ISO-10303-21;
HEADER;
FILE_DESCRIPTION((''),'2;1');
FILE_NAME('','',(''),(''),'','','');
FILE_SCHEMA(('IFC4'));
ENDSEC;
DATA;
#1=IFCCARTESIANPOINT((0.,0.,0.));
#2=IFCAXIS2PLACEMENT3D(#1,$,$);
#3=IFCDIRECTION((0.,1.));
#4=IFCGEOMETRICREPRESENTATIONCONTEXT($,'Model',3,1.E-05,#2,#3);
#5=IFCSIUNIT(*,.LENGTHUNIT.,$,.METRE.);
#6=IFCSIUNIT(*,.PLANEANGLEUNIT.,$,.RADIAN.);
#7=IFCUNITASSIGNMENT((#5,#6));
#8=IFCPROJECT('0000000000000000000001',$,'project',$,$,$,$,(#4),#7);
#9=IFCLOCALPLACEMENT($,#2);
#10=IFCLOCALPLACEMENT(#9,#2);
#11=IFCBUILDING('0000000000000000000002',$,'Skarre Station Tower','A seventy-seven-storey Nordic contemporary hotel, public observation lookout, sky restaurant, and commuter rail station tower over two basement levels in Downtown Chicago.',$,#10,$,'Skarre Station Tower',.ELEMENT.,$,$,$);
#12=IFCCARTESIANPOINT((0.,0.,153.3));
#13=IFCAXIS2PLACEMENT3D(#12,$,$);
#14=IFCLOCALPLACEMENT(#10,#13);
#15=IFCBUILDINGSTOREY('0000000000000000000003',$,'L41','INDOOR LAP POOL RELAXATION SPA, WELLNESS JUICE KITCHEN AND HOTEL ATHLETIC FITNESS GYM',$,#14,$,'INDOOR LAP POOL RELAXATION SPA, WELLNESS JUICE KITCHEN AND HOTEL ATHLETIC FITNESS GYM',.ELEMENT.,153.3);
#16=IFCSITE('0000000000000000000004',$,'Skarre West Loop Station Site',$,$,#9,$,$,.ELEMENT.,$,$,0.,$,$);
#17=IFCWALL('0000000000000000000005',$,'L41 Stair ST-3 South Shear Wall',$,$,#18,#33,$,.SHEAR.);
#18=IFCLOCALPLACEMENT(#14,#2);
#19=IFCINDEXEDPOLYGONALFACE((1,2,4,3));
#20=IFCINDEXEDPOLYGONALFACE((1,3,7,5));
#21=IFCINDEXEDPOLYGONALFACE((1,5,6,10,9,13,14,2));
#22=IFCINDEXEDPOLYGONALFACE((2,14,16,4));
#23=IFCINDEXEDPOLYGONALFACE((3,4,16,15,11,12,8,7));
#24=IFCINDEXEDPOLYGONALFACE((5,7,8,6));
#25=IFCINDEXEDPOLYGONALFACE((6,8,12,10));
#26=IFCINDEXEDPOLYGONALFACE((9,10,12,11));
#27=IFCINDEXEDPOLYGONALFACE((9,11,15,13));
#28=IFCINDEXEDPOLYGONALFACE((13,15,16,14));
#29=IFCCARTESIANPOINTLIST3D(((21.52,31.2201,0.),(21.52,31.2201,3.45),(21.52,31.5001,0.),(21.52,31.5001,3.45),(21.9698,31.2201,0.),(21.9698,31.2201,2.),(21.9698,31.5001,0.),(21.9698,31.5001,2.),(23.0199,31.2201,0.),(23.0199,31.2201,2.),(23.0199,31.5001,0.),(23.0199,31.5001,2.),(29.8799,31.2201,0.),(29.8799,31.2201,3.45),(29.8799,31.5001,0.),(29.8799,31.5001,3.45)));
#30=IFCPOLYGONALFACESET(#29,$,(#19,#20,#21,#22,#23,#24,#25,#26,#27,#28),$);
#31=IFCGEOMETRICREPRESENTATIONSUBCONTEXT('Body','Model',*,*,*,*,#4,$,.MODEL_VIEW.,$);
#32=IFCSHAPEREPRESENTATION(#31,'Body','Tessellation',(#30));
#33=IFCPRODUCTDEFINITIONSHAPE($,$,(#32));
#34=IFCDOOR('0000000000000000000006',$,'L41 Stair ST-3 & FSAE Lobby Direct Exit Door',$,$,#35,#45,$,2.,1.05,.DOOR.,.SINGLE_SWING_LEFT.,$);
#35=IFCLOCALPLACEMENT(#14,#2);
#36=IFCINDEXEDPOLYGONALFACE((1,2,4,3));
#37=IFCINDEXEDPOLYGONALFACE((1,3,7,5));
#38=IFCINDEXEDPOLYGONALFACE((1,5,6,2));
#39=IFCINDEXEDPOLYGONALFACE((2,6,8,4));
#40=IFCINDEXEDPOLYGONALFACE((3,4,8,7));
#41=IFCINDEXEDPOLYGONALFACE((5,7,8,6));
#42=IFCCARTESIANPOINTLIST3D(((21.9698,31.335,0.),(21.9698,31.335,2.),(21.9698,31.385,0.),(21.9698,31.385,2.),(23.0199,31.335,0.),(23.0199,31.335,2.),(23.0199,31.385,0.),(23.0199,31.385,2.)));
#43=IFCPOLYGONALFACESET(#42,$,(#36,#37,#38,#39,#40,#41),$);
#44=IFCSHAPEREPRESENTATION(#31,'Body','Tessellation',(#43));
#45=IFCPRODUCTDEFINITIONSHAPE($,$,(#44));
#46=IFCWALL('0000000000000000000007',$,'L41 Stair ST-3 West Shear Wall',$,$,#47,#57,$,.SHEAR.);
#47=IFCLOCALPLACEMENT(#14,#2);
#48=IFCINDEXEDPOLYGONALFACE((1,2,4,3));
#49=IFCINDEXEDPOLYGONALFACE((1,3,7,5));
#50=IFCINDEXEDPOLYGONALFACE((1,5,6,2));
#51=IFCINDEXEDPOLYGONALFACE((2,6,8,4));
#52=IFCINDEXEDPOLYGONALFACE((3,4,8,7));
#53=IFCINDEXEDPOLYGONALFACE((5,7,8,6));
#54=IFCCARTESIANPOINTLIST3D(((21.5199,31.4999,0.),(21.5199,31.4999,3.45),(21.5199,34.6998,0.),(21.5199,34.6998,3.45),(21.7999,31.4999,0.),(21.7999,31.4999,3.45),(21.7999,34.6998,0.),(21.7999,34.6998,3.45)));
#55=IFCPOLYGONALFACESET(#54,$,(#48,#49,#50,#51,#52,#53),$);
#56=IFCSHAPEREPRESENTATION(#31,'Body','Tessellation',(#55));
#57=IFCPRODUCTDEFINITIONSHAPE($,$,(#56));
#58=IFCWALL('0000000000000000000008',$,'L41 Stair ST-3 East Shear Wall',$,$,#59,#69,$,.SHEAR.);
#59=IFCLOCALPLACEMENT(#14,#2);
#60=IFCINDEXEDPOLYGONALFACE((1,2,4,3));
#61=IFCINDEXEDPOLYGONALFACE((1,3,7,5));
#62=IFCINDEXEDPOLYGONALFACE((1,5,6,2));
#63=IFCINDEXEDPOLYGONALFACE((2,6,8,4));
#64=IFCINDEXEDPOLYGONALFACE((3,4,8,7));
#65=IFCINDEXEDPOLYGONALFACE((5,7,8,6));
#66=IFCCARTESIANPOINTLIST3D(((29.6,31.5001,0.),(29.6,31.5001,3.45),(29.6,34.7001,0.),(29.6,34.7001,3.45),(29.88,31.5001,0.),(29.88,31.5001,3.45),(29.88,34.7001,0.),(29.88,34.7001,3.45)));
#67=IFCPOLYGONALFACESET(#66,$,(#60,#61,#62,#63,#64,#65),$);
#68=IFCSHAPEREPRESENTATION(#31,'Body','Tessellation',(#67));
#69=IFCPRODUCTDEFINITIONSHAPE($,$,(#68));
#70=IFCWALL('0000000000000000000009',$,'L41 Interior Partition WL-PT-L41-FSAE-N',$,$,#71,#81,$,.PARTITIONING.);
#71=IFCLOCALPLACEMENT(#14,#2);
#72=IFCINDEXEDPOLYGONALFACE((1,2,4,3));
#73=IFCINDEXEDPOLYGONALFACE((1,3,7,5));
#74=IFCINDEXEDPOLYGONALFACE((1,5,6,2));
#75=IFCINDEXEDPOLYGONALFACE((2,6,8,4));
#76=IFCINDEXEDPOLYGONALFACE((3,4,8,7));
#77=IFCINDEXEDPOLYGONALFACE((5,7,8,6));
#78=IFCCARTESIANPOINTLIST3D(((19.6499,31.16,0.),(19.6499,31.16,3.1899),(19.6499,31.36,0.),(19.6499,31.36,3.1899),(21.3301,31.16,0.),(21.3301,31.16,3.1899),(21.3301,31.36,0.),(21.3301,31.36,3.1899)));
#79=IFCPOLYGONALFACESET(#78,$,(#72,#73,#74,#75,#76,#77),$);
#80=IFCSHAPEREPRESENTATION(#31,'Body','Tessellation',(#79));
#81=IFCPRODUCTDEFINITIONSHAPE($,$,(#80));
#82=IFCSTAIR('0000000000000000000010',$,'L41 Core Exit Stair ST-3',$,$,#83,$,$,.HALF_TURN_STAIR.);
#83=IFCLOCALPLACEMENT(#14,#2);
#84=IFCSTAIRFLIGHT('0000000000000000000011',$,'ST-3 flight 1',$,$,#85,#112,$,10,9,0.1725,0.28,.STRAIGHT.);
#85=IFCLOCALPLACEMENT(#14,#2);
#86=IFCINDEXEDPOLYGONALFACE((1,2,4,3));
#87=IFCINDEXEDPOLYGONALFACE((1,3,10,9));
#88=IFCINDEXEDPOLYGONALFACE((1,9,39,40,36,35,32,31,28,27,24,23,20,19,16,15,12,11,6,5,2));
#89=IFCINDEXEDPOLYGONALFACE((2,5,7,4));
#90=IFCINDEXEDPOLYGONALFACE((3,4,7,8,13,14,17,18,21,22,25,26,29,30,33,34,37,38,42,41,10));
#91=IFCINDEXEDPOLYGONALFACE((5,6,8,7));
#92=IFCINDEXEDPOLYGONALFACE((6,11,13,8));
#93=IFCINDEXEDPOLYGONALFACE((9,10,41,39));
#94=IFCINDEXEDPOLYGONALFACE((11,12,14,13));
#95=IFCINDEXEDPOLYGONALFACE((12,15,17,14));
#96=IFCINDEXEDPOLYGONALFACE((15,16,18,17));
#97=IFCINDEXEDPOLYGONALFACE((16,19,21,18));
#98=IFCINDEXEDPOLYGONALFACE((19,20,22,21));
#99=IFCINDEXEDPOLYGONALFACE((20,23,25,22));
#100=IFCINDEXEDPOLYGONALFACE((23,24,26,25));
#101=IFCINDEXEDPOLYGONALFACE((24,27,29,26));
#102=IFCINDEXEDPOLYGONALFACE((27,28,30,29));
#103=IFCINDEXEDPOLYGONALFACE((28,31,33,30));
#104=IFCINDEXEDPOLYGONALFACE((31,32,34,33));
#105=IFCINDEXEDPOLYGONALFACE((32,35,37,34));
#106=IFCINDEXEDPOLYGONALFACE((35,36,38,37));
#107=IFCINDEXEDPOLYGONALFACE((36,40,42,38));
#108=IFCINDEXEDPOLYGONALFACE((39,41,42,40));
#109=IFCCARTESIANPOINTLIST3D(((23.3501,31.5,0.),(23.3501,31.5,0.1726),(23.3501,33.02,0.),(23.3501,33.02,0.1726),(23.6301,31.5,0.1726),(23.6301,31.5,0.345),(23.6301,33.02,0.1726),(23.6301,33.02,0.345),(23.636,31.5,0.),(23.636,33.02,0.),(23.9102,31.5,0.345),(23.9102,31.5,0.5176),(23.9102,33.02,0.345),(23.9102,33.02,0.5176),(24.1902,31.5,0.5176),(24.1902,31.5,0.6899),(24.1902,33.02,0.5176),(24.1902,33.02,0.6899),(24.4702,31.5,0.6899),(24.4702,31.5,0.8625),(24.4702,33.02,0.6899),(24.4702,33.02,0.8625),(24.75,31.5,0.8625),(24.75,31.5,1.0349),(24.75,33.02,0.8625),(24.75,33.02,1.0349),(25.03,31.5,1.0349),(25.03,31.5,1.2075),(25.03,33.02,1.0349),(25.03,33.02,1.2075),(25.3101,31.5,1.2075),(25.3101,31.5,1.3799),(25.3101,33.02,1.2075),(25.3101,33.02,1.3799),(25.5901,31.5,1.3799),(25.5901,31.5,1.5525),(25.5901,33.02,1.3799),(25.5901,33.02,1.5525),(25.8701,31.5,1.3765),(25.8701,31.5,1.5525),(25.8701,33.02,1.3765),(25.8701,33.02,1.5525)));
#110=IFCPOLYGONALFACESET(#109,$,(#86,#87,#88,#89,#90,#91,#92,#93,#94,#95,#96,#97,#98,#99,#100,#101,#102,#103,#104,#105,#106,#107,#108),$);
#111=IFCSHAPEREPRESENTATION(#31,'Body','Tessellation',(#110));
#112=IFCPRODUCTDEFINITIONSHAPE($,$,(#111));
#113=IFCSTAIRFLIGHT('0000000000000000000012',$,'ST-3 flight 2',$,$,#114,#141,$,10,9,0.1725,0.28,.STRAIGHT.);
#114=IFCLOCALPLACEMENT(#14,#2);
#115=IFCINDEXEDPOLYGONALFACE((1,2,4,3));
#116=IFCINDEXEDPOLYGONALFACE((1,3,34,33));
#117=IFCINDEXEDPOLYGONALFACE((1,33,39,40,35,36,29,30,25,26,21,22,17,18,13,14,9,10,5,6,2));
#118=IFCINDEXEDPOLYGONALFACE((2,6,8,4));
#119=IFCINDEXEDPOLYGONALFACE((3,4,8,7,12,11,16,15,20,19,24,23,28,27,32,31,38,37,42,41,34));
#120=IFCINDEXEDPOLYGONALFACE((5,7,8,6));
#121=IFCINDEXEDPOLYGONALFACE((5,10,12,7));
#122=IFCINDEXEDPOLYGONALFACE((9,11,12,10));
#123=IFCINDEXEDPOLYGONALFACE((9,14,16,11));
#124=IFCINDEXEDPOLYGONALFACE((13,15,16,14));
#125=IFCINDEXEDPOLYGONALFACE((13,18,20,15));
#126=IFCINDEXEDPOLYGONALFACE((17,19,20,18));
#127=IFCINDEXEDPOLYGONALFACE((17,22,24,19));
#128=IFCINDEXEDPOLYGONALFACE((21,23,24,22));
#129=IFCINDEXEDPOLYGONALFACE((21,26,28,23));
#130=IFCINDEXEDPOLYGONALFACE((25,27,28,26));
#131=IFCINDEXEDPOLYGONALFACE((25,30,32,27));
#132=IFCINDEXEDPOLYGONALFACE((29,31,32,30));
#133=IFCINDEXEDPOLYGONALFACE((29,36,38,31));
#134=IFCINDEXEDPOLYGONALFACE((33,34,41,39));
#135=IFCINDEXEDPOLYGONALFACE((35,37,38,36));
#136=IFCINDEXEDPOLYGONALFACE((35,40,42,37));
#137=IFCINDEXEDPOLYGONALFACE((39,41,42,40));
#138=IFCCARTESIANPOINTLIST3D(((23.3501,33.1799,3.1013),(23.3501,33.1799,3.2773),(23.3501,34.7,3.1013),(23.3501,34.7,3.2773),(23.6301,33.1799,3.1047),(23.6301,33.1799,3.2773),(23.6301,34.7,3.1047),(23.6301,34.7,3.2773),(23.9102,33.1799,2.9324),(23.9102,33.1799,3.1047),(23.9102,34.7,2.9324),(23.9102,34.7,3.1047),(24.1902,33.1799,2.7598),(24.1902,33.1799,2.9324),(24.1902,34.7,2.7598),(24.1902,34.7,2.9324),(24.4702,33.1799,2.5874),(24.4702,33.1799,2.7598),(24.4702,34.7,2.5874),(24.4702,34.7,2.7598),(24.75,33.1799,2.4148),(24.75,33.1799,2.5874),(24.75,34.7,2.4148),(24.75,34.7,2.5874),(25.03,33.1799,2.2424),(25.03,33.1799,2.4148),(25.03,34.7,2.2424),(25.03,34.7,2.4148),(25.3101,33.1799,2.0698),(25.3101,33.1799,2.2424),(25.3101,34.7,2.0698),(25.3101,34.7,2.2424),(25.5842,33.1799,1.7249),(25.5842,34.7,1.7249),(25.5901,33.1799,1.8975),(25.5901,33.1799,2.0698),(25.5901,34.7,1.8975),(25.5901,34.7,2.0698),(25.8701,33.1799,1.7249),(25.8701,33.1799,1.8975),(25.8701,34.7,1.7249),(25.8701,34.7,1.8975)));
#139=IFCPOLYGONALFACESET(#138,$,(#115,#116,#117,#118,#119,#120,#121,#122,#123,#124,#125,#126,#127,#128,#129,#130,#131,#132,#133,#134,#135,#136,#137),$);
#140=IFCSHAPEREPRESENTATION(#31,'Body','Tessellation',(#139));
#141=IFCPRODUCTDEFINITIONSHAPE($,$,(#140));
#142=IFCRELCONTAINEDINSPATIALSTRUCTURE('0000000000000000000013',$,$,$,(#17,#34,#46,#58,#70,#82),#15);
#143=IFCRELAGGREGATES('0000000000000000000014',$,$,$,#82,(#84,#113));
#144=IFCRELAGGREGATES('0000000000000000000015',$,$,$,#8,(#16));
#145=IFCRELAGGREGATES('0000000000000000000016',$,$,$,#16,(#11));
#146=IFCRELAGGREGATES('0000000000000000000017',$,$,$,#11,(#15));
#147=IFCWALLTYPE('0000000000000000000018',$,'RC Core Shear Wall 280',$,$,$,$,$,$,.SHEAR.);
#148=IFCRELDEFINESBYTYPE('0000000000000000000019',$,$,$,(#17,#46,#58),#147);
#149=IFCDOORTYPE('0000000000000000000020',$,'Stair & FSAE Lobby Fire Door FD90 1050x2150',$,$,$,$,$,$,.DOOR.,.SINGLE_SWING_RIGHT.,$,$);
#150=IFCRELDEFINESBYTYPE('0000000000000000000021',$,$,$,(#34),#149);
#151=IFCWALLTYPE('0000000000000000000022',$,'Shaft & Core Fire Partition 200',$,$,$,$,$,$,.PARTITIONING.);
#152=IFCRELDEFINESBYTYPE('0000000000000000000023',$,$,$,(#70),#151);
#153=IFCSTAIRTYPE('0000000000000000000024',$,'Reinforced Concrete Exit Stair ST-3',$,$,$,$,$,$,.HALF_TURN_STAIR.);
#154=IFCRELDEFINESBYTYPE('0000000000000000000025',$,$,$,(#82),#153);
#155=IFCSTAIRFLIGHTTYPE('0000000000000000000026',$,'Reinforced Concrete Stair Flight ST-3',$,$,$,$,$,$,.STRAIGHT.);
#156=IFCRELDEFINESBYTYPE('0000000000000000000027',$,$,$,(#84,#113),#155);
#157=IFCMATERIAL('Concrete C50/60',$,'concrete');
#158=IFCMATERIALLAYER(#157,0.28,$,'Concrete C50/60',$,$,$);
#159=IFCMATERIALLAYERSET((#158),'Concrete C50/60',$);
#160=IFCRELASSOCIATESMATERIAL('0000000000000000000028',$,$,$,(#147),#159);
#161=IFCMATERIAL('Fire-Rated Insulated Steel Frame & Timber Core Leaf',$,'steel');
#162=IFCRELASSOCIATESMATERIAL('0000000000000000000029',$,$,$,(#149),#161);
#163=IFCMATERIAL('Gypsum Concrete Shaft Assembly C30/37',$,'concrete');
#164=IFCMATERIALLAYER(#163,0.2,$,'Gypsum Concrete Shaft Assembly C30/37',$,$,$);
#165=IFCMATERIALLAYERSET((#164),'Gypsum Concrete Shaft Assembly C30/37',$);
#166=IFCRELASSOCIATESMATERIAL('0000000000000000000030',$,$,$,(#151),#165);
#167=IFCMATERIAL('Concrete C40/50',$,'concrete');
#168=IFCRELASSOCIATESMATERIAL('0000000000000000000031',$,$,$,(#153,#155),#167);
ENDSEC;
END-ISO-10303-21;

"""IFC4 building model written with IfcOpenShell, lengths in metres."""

from ifc_helpers import new_model, si_unit, direction, frame, frame_2d, origin, place, context, subcontext, project, spatial, polyline, rectangle, outline, extrude, material, layer, layer_set, type_object, element, fill, aggregate, save


model = new_model("IFC4")

# Units and contexts
model_context = context("Model", 3, precision=1e-05, world=origin(), true_north=direction((0.0, 1.0)))
body_context = subcontext(model_context, "Body", "Model", "MODEL_VIEW")
ifc_project = project(units=[si_unit("LENGTHUNIT", "METRE"), si_unit("PLANEANGLEUNIT", "RADIAN")], contexts=[model_context])

# Site, building, storey
site_placement = place(None, origin())
site = spatial("IfcSite", under=ifc_project, at=site_placement, Name="Skarre West Loop Station Site", CompositionType="ELEMENT", RefElevation=0.0)
building_placement = place(site_placement, origin())
building = spatial("IfcBuilding", under=site, at=building_placement, Name="Skarre Station Tower", Description="A seventy-seven-storey Nordic contemporary hotel, public observation lookout, sky restaurant, and commuter rail station tower over two basement levels in Downtown Chicago.", LongName="Skarre Station Tower", CompositionType="ELEMENT")
storey_placement = place(building_placement, frame((0.0, 0.0, 153.3)))
storey = spatial("IfcBuildingStorey", under=building, at=storey_placement, Name="L41", Description="INDOOR LAP POOL RELAXATION SPA, WELLNESS JUICE KITCHEN AND HOTEL ATHLETIC FITNESS GYM", LongName="INDOOR LAP POOL RELAXATION SPA, WELLNESS JUICE KITCHEN AND HOTEL ATHLETIC FITNESS GYM", CompositionType="ELEMENT", Elevation=153.3)

# Wall, opening, door
ifc_material_1 = material(Name="Concrete C50/60", Category="concrete")
ifc_layer_1 = layer(ifc_material_1, 0.28, Name="Concrete C50/60")
ifc_layer_set_1 = layer_set([ifc_layer_1], Name="Concrete C50/60")
wall_type_1 = type_object("IfcWallType", Name="RC Core Shear Wall 280", PredefinedType="SHEAR", material=ifc_layer_set_1)
wall_1_placement = place(storey_placement, frame((21.52, 31.3601, 0.0), z_axis=(0.0, 0.0, 1.0), x_axis=(1.0, 0.0, 0.0)))
wall_1 = element("IfcWall", 1, at=wall_1_placement, inside=storey, type_object=wall_type_1, Name="L41 Stair ST-3 South Shear Wall", PredefinedType="SHEAR", context=body_context, shape_type="SweptSolid", body=[
    extrude(rectangle(XDim=8.3599, YDim=0.28, at=frame_2d((4.1799, 0.0))), origin(), (0.0, 0.0, 1.0), 3.45),
])
opening_1_placement = place(wall_1_placement, frame((0.45, 0.0, 0.0)))
opening_1 = element("IfcOpeningElement", 2, at=opening_1_placement, cuts=wall_1, PredefinedType="OPENING", context=body_context, shape_type="SweptSolid", body=[
    extrude(rectangle(XDim=1.05, YDim=2.0, at=frame_2d((0.5249, 1.0))), frame((0.0, 0.1499, 0.0), z_axis=(0.0, -1.0, 0.0), x_axis=(1.0, 0.0, 0.0)), (0.0, 0.0, 1.0), 0.3),
])
ifc_material_2 = material(Name="Fire-Rated Insulated Steel Frame & Timber Core Leaf", Category="steel")
door_type_1 = type_object("IfcDoorType", Name="Stair & FSAE Lobby Fire Door FD90 1050x2150", OperationType="SINGLE_SWING_RIGHT", PredefinedType="DOOR", material=ifc_material_2)
door_1_placement = place(opening_1_placement, origin())
door_1 = element("IfcDoor", 3, at=door_1_placement, inside=storey, type_object=door_type_1, Name="L41 Stair ST-3 & FSAE Lobby Direct Exit Door", OperationType="SINGLE_SWING_LEFT", OverallHeight=2.0, OverallWidth=1.05, PredefinedType="DOOR", context=body_context, shape_type="SweptSolid", body=[
    extrude(rectangle(XDim=1.05, YDim=2.0, at=frame_2d((0.5249, 1.0))), frame((0.0, 0.0249, 0.0), z_axis=(0.0, -1.0, 0.0), x_axis=(1.0, 0.0, 0.0)), (0.0, 0.0, 1.0), 0.05),
])
fill(opening_1, door_1)

# Walls
for number, where, z_axis, x_axis, name in (
    (4, (21.6599, 34.7, 0.0), (0.0, 0.0, 1.0), (0.0, -1.0, 0.0), "L41 Stair ST-3 West Shear Wall"),
    (5, (29.74, 31.5, 0.0), (0.0, 0.0, 1.0), (0.0, 1.0, 0.0), "L41 Stair ST-3 East Shear Wall"),
):
    element("IfcWall", number, at=place(storey_placement, frame(where, z_axis=z_axis, x_axis=x_axis)), inside=storey, type_object=wall_type_1, Name=name, PredefinedType="SHEAR", context=body_context, shape_type="SweptSolid", body=[
        extrude(rectangle(XDim=3.2, YDim=0.28, at=frame_2d((1.6001, 0.0))), origin(), (0.0, 0.0, 1.0), 3.45),
    ])
ifc_material_3 = material(Name="Gypsum Concrete Shaft Assembly C30/37", Category="concrete")
ifc_layer_2 = layer(ifc_material_3, 0.2, Name="Gypsum Concrete Shaft Assembly C30/37")
ifc_layer_set_2 = layer_set([ifc_layer_2], Name="Gypsum Concrete Shaft Assembly C30/37")
wall_type_2 = type_object("IfcWallType", Name="Shaft & Core Fire Partition 200", PredefinedType="PARTITIONING", material=ifc_layer_set_2)
wall_2_placement = place(storey_placement, frame((21.3301, 31.26, 0.0), z_axis=(0.0, 0.0, 1.0), x_axis=(-1.0, 0.0, 0.0)))
element("IfcWall", 6, at=wall_2_placement, inside=storey, type_object=wall_type_2, Name="L41 Interior Partition WL-PT-L41-FSAE-N", PredefinedType="PARTITIONING", context=body_context, shape_type="SweptSolid", body=[
    extrude(rectangle(XDim=1.6802, YDim=0.2, at=frame_2d((0.8401, 0.0))), origin(), (0.0, 0.0, 1.0), 3.1899),
])

# Stair, stair flights
ifc_material_4 = material(Name="Concrete C40/50", Category="concrete")
stair_type = type_object("IfcStairType", Name="Reinforced Concrete Exit Stair ST-3", PredefinedType="HALF_TURN_STAIR", material=ifc_material_4)
stair_placement = place(storey_placement, origin())
stair = element("IfcStair", 7, at=stair_placement, inside=storey, type_object=stair_type, Name="L41 Core Exit Stair ST-3", PredefinedType="HALF_TURN_STAIR")
stair_flight_type = type_object("IfcStairFlightType", Name="Reinforced Concrete Stair Flight ST-3", PredefinedType="STRAIGHT", material=ifc_material_4)
stair_flight_1_placement = place(storey_placement, frame((23.3501, 32.26, 0.0), z_axis=(0.0, 0.0, 1.0), x_axis=(1.0, 0.0, 0.0)))
stair_flight_1 = element("IfcStairFlight", 8, at=stair_flight_1_placement, type_object=stair_flight_type, Name="ST-3 flight 1", NumberOfRisers=10, NumberOfTreads=9, PredefinedType="STRAIGHT", RiserHeight=0.1725, TreadLength=0.28, context=body_context, shape_type="SweptSolid", body=[
    extrude(outline(polyline([(0.0, 0.0), (0.0, 0.1726), (0.28, 0.1726), (0.28, 0.345), (0.5601, 0.345), (0.5601, 0.5176), (0.8401, 0.5176), (0.8401, 0.6899), (1.1201, 0.6899), (1.1201, 0.8625), (1.3999, 0.8625), (1.3999, 1.0349), (1.6799, 1.0349), (1.6799, 1.2075), (1.96, 1.2075), (1.96, 1.3799), (2.24, 1.3799), (2.24, 1.5525), (2.52, 1.5525), (2.52, 1.7251), (2.52, 1.3765), (0.2859, 0.0), (0.0, 0.0)])), frame((0.0, 0.76, 0.0), z_axis=(0.0, -1.0, 0.0), x_axis=(1.0, 0.0, 0.0)), (0.0, 0.0, 1.0), 1.52),
])
stair_flight_2_placement = place(storey_placement, frame((25.8701, 33.9399, 1.7249), z_axis=(0.0, 0.0, 1.0), x_axis=(-1.0, 0.0, 0.0)))
stair_flight_2 = element("IfcStairFlight", 9, at=stair_flight_2_placement, type_object=stair_flight_type, Name="ST-3 flight 2", NumberOfRisers=10, NumberOfTreads=9, PredefinedType="STRAIGHT", RiserHeight=0.1725, TreadLength=0.28, context=body_context, shape_type="SweptSolid", body=[
    extrude(outline(polyline([(0.0, 0.0), (0.0, 0.1726), (0.28, 0.1726), (0.28, 0.345), (0.5601, 0.345), (0.5601, 0.5176), (0.8401, 0.5176), (0.8401, 0.6899), (1.1201, 0.6899), (1.1201, 0.8625), (1.3999, 0.8625), (1.3999, 1.0349), (1.6799, 1.0349), (1.6799, 1.2075), (1.96, 1.2075), (1.96, 1.3799), (2.24, 1.3799), (2.24, 1.5525), (2.52, 1.5525), (2.52, 1.7251), (2.52, 1.3765), (0.2859, 0.0), (0.0, 0.0)])), frame((0.0, 0.76, 0.0), z_axis=(0.0, -1.0, 0.0), x_axis=(1.0, 0.0, 0.0)), (0.0, 0.0, 1.0), 1.52),
])
aggregate(stair, [stair_flight_1, stair_flight_2])

save(model, "model.ifc")
